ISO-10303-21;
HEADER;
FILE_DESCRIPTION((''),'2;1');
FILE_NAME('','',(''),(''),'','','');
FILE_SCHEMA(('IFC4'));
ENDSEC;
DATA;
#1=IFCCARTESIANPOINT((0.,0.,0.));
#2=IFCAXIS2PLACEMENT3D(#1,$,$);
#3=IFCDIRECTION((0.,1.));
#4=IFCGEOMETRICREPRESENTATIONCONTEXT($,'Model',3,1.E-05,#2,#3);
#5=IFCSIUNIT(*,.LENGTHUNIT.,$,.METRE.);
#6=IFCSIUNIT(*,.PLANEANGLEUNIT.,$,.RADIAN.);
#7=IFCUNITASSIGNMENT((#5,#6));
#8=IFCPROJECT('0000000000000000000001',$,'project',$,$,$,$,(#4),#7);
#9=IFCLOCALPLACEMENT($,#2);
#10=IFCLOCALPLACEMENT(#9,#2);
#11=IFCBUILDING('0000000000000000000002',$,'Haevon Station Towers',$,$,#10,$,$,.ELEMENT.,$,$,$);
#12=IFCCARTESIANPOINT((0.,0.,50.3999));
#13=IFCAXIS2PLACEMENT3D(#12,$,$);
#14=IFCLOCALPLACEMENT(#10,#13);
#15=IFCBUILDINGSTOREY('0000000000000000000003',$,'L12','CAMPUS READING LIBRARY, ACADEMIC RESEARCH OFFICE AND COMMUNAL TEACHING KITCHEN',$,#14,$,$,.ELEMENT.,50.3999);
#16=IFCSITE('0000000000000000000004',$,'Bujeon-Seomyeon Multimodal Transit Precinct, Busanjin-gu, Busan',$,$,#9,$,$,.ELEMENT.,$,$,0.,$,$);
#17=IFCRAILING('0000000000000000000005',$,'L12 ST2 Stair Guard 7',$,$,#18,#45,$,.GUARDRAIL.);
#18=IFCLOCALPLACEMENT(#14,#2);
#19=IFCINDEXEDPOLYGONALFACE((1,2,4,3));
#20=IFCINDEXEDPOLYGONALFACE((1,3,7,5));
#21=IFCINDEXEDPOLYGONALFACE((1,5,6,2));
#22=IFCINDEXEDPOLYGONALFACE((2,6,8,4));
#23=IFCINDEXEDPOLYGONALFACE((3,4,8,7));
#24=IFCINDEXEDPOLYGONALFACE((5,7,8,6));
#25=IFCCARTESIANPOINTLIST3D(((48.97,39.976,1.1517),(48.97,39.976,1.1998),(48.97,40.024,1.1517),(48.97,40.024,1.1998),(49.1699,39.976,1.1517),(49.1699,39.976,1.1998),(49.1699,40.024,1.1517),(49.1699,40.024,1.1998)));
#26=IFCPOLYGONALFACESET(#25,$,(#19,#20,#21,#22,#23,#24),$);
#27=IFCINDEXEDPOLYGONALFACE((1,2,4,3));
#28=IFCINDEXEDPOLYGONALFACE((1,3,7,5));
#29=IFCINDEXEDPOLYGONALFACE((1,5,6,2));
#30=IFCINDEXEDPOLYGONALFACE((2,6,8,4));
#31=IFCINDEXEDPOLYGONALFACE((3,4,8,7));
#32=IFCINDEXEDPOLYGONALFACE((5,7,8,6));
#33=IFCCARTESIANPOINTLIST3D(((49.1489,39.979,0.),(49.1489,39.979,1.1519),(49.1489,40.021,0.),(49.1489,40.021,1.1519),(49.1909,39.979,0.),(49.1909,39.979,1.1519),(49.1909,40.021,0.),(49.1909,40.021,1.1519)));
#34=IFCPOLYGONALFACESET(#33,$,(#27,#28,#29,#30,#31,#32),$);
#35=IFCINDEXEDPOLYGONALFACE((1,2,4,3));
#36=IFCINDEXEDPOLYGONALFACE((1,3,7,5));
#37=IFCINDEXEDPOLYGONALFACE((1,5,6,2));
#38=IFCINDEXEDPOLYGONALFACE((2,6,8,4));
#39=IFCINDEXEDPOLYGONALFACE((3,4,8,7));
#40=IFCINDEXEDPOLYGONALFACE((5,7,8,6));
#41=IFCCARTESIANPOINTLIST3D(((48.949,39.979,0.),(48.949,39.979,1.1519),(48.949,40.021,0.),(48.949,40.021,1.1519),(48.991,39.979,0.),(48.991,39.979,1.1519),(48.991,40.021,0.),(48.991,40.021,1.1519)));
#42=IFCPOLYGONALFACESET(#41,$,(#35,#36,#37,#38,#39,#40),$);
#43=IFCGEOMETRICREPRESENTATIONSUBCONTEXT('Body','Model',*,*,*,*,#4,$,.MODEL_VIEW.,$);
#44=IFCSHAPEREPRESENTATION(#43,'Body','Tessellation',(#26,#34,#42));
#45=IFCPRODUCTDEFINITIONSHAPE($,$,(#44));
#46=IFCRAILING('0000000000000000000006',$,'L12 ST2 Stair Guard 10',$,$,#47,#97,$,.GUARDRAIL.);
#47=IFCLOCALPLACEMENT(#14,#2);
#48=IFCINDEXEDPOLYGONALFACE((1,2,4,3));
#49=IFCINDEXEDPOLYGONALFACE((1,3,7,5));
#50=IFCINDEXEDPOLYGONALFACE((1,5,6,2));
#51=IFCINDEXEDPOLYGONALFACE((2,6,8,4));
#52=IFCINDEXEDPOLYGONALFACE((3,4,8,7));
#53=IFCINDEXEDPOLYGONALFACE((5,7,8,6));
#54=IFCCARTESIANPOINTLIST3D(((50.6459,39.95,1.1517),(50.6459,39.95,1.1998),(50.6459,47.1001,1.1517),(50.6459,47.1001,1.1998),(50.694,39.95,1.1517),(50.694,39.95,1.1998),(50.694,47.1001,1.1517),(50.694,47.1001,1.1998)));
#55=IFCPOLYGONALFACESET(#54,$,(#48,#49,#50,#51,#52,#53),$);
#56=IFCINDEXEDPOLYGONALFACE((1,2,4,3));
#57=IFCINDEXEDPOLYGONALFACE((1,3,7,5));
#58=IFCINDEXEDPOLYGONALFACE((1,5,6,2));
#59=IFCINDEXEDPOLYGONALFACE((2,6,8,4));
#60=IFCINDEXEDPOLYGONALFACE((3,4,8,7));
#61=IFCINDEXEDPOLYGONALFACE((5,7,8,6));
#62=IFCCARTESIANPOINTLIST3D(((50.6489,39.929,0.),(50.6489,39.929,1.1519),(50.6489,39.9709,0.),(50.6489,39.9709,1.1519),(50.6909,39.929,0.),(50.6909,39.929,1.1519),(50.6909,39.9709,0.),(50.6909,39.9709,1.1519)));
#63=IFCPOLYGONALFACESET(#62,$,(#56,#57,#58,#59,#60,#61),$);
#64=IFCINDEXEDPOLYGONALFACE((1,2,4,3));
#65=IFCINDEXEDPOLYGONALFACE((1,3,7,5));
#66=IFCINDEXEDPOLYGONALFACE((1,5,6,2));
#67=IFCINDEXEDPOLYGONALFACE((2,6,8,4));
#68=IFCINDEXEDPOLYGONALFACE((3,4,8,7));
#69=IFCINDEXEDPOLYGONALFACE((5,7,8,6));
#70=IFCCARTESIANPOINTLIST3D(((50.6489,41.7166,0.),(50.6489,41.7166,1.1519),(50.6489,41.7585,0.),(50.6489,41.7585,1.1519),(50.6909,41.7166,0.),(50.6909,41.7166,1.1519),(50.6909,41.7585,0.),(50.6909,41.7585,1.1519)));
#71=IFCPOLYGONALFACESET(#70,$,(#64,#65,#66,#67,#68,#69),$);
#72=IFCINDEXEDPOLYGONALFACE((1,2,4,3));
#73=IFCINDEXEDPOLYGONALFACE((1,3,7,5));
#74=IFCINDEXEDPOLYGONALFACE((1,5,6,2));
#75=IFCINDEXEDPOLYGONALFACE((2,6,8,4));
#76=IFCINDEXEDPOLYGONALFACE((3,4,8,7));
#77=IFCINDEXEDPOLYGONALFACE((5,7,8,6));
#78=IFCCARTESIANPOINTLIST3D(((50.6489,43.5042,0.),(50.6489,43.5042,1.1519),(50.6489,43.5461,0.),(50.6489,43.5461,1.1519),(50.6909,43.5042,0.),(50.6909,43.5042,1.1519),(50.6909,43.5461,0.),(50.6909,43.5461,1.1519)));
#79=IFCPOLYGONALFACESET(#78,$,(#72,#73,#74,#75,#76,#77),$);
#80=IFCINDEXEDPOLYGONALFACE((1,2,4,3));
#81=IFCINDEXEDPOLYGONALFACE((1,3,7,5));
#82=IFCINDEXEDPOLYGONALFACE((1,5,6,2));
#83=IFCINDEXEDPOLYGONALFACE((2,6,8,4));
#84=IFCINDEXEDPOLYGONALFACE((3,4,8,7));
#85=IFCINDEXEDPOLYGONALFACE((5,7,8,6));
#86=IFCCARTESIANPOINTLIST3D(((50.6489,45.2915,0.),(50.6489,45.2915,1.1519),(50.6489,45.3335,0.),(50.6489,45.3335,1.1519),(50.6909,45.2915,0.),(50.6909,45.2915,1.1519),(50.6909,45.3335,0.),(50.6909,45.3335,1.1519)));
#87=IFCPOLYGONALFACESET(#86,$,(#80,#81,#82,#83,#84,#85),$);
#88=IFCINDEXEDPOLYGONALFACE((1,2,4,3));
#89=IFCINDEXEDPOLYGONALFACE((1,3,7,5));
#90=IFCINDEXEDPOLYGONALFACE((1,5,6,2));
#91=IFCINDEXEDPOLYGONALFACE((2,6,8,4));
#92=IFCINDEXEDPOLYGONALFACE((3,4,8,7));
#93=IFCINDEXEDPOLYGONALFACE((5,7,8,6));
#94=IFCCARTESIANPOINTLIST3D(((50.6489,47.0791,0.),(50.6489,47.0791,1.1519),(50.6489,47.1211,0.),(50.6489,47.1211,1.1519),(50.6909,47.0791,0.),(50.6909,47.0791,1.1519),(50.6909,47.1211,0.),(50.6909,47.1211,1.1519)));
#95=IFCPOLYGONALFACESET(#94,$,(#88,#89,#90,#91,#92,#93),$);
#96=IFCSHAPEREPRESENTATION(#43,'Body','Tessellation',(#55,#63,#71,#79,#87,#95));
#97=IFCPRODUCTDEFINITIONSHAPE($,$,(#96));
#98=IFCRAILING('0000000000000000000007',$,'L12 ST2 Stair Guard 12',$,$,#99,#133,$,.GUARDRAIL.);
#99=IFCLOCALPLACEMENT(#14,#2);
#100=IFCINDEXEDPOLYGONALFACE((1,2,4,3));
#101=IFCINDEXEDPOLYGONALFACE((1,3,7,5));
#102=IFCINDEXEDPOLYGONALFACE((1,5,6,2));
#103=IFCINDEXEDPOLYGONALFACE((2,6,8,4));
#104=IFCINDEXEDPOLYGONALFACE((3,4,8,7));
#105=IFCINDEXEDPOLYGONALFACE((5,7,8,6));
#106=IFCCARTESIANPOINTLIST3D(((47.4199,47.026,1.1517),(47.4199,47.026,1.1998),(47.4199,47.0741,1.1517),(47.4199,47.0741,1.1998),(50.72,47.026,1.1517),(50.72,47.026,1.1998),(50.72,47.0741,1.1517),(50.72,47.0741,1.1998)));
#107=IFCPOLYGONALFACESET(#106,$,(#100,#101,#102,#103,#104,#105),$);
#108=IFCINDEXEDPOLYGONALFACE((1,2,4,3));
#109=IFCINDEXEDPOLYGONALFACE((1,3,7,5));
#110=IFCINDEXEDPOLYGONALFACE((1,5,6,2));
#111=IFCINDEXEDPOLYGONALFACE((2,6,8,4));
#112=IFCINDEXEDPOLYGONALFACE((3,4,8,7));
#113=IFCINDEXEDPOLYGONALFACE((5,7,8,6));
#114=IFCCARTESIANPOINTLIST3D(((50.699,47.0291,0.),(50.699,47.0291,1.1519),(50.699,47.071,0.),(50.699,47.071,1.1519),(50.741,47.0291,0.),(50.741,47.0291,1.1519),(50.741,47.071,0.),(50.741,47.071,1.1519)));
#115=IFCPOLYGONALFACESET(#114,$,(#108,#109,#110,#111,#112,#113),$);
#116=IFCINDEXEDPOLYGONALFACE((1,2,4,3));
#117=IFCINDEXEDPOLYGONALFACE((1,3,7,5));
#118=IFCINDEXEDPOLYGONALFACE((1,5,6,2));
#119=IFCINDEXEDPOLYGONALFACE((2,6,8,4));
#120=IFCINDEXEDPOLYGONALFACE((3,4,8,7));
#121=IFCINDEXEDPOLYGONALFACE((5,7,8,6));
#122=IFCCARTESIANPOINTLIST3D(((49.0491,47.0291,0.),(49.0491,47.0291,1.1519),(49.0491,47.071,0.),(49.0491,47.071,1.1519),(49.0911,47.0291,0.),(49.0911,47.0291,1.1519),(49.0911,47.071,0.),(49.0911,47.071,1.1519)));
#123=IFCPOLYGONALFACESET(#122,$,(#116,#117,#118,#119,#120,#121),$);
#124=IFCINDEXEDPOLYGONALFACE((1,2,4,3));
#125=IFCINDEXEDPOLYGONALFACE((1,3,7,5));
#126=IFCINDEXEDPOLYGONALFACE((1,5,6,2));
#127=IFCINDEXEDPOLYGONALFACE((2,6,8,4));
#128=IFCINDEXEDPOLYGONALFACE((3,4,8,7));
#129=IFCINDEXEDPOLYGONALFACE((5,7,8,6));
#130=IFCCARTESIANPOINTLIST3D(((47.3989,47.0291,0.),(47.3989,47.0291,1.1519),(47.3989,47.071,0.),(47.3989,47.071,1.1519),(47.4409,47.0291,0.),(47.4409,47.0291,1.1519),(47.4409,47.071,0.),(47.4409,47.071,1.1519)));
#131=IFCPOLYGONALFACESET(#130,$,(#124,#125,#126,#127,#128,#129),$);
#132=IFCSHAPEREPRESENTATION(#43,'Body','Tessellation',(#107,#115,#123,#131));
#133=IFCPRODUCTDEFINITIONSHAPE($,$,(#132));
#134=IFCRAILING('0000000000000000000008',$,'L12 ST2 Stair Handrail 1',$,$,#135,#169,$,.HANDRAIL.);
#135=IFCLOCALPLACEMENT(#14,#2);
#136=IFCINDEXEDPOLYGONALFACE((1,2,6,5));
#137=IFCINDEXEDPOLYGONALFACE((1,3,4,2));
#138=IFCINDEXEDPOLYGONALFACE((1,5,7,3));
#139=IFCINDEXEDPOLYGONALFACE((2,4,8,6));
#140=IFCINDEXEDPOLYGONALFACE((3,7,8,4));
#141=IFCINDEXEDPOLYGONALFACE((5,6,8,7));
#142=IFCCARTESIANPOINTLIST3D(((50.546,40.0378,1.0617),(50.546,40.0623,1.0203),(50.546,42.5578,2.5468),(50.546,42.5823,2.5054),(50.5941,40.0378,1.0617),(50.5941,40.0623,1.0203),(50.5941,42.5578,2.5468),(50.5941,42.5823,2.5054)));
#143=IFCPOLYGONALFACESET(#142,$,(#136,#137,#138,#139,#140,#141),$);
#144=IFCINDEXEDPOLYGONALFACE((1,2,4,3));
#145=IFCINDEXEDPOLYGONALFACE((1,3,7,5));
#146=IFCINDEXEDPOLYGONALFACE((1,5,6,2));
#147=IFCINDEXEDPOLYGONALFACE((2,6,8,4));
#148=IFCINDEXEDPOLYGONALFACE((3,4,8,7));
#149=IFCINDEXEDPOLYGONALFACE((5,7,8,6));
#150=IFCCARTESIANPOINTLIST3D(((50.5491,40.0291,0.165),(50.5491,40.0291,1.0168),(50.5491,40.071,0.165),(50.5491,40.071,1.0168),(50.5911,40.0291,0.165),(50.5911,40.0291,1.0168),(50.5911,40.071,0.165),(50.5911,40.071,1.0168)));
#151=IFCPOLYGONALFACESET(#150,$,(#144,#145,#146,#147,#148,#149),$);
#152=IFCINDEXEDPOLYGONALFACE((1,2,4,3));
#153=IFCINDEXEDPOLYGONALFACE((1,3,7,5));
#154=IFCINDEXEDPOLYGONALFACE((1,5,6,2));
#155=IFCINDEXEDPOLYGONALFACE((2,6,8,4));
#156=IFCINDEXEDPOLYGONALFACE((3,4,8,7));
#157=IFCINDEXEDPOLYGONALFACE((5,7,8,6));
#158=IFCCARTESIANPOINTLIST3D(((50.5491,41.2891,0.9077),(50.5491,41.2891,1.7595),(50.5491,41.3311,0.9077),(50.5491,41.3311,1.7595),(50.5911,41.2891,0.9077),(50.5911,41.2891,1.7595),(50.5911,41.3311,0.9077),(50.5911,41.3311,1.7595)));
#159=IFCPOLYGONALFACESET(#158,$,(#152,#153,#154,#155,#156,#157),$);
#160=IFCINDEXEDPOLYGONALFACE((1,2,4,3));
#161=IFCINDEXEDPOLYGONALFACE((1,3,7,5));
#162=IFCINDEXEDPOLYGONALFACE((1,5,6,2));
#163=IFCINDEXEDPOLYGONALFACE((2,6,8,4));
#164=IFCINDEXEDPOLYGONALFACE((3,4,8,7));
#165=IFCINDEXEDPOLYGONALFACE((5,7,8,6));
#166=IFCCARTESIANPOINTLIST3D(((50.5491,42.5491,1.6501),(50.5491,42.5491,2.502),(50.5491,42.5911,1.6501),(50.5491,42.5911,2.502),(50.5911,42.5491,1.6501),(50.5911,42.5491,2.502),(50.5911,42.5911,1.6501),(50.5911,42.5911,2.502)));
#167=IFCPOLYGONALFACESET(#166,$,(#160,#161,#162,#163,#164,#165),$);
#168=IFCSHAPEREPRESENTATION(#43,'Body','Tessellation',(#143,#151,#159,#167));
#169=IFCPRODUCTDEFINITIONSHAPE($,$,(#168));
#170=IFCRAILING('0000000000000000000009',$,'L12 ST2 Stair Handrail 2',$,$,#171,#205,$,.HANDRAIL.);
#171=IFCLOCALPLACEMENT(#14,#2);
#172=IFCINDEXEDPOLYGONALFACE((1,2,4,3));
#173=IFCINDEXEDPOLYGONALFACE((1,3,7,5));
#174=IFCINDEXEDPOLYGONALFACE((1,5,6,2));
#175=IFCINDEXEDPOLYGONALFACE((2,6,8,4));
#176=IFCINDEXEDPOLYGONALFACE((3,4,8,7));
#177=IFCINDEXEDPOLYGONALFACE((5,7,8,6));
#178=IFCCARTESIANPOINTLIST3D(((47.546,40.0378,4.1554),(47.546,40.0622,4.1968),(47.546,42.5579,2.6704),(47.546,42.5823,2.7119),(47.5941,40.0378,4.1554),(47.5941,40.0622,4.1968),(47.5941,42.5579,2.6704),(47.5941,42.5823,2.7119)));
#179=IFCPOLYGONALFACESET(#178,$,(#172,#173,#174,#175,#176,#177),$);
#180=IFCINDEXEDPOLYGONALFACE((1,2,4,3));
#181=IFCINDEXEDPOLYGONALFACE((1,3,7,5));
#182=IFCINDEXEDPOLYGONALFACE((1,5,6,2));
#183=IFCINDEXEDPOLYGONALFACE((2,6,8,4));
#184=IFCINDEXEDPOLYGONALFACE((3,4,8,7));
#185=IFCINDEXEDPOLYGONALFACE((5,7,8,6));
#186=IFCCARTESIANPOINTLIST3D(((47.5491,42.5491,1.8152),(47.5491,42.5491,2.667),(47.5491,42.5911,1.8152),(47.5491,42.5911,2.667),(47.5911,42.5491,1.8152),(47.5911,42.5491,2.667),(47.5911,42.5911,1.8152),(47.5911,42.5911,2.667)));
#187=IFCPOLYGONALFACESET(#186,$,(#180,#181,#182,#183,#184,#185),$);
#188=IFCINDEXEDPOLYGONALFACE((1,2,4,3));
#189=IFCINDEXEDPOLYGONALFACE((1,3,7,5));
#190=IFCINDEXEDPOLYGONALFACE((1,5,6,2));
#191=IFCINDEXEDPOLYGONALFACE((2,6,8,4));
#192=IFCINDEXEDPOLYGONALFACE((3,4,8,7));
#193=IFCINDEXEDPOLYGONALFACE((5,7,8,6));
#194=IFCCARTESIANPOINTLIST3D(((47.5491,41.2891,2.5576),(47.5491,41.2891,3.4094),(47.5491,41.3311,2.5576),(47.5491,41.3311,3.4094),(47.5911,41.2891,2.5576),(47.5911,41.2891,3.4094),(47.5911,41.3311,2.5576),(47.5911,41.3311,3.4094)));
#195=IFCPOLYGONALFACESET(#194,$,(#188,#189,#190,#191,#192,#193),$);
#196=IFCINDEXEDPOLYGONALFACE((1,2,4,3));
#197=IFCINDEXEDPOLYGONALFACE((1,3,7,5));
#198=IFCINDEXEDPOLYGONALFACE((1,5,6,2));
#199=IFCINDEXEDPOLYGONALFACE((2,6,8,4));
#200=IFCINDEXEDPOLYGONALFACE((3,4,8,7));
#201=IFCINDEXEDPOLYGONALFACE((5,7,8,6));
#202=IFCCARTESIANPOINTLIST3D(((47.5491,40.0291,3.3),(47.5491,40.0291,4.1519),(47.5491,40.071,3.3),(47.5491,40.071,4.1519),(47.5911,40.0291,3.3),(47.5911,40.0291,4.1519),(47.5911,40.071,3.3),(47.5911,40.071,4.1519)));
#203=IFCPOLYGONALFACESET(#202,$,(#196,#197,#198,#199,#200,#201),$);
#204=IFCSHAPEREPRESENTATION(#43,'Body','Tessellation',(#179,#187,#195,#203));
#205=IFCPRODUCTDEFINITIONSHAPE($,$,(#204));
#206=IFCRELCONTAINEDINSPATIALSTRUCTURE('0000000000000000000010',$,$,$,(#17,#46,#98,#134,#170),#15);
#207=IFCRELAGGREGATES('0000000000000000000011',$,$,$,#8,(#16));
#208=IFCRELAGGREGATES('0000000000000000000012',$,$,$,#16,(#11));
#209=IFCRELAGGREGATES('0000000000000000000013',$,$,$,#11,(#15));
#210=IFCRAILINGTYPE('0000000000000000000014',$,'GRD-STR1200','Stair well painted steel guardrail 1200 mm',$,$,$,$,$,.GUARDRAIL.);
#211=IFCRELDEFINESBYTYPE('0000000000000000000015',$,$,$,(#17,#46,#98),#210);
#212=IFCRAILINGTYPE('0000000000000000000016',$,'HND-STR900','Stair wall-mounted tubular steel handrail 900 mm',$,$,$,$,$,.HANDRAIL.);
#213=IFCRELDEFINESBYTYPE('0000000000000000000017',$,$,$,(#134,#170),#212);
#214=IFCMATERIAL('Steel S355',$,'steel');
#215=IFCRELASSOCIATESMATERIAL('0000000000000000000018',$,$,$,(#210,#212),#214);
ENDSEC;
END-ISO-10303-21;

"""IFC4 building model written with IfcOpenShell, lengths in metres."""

from ifc_helpers import new_model, si_unit, direction, frame, origin, origin_2d, place, context, subcontext, project, spatial, rectangle, extrude, material, type_object, element, save


model = new_model("IFC4")

# Units and contexts
model_context = context("Model", 3, precision=1e-05, world=origin(), true_north=direction((0.0, 1.0)))
body_context = subcontext(model_context, "Body", "Model", "MODEL_VIEW")
ifc_project = project(units=[si_unit("LENGTHUNIT", "METRE"), si_unit("PLANEANGLEUNIT", "RADIAN")], contexts=[model_context])

# Site, building, storey
site_placement = place(None, origin())
site = spatial("IfcSite", under=ifc_project, at=site_placement, Name="Bujeon-Seomyeon Multimodal Transit Precinct, Busanjin-gu, Busan", CompositionType="ELEMENT", RefElevation=0.0)
building_placement = place(site_placement, origin())
building = spatial("IfcBuilding", under=site, at=building_placement, Name="Haevon Station Towers", CompositionType="ELEMENT")
storey_placement = place(building_placement, frame((0.0, 0.0, 50.3999)))
storey = spatial("IfcBuildingStorey", under=building, at=storey_placement, Name="L12", Description="CAMPUS READING LIBRARY, ACADEMIC RESEARCH OFFICE AND COMMUNAL TEACHING KITCHEN", CompositionType="ELEMENT", Elevation=50.3999)

# Shared definitions
ifc_material_1 = material(Name="Steel S355", Category="steel")

# Railings
railing_type_1 = type_object("IfcRailingType", Name="GRD-STR1200", Description="Stair well painted steel guardrail 1200 mm", PredefinedType="GUARDRAIL", material=ifc_material_1)
railing_1_placement = place(storey_placement, frame((49.1699, 40.0, 0.0)))
element("IfcRailing", 1, at=railing_1_placement, inside=storey, type_object=railing_type_1, Name="L12 ST2 Stair Guard 7", PredefinedType="GUARDRAIL", context=body_context, shape_type="SweptSolid", body=[
    extrude(rectangle(XDim=0.0481, YDim=0.0481, at=origin_2d()), frame((0.0, 0.0, 1.1758), z_axis=(-1.0, 0.0, 0.0), x_axis=(0.0, -1.0, 0.0)), (0.0, 0.0, 1.0), 0.2),
    extrude(rectangle(XDim=0.042, YDim=0.042, at=origin_2d()), origin(), (0.0, 0.0, 1.0), 1.1519),
    extrude(rectangle(XDim=0.042, YDim=0.042, at=origin_2d()), frame((-0.2, 0.0, 0.0)), (0.0, 0.0, 1.0), 1.1519),
])
railing_2_placement = place(storey_placement, frame((50.6699, 39.95, 0.0)))
element("IfcRailing", 2, at=railing_2_placement, inside=storey, type_object=railing_type_1, Name="L12 ST2 Stair Guard 10", PredefinedType="GUARDRAIL", context=body_context, shape_type="SweptSolid", body=[
    extrude(rectangle(XDim=0.0481, YDim=0.0481, at=origin_2d()), frame((0.0, 0.0, 1.1758), z_axis=(0.0, 1.0, 0.0), x_axis=(-1.0, 0.0, 0.0)), (0.0, 0.0, 1.0), 7.1501),
    extrude(rectangle(XDim=0.042, YDim=0.042, at=origin_2d()), origin(), (0.0, 0.0, 1.0), 1.1519),
    extrude(rectangle(XDim=0.042, YDim=0.042, at=origin_2d()), frame((0.0, 1.7876, 0.0)), (0.0, 0.0, 1.0), 1.1519),
    extrude(rectangle(XDim=0.042, YDim=0.042, at=origin_2d()), frame((0.0, 3.5752, 0.0)), (0.0, 0.0, 1.0), 1.1519),
    extrude(rectangle(XDim=0.042, YDim=0.042, at=origin_2d()), frame((0.0, 5.3625, 0.0)), (0.0, 0.0, 1.0), 1.1519),
    extrude(rectangle(XDim=0.042, YDim=0.042, at=origin_2d()), frame((0.0, 7.1501, 0.0)), (0.0, 0.0, 1.0), 1.1519),
])
railing_3_placement = place(storey_placement, frame((50.72, 47.05, 0.0)))
element("IfcRailing", 3, at=railing_3_placement, inside=storey, type_object=railing_type_1, Name="L12 ST2 Stair Guard 12", PredefinedType="GUARDRAIL", context=body_context, shape_type="SweptSolid", body=[
    extrude(rectangle(XDim=0.0481, YDim=0.0481, at=origin_2d()), frame((0.0, 0.0, 1.1758), z_axis=(-1.0, 0.0, 0.0), x_axis=(0.0, -1.0, 0.0)), (0.0, 0.0, 1.0), 3.3),
    extrude(rectangle(XDim=0.042, YDim=0.042, at=origin_2d()), origin(), (0.0, 0.0, 1.0), 1.1519),
    extrude(rectangle(XDim=0.042, YDim=0.042, at=origin_2d()), frame((-1.6499, 0.0, 0.0)), (0.0, 0.0, 1.0), 1.1519),
    extrude(rectangle(XDim=0.042, YDim=0.042, at=origin_2d()), frame((-3.3, 0.0, 0.0)), (0.0, 0.0, 1.0), 1.1519),
])
railing_type_2 = type_object("IfcRailingType", Name="HND-STR900", Description="Stair wall-mounted tubular steel handrail 900 mm", PredefinedType="HANDRAIL", material=ifc_material_1)
railing_4_placement = place(storey_placement, frame((50.5701, 40.05, 0.165)))
element("IfcRailing", 4, at=railing_4_placement, inside=storey, type_object=railing_type_2, Name="L12 ST2 Stair Handrail 1", PredefinedType="HANDRAIL", context=body_context, shape_type="SweptSolid", body=[
    extrude(rectangle(XDim=0.0481, YDim=0.0481, at=origin_2d()), frame((0.0, 0.0, 0.876), z_axis=(0.0, 0.861524, 0.507717), x_axis=(-1.0, 0.0, 0.0)), (0.0, 0.0, 1.0), 2.925),
    extrude(rectangle(XDim=0.042, YDim=0.042, at=origin_2d()), origin(), (0.0, 0.0, 1.0), 0.8518),
    extrude(rectangle(XDim=0.042, YDim=0.042, at=origin_2d()), frame((0.0, 1.26, 0.7427)), (0.0, 0.0, 1.0), 0.8518),
    extrude(rectangle(XDim=0.042, YDim=0.042, at=origin_2d()), frame((0.0, 2.52, 1.4851)), (0.0, 0.0, 1.0), 0.8518),
])
railing_5_placement = place(storey_placement, frame((47.5701, 42.5701, 1.8152)))
element("IfcRailing", 5, at=railing_5_placement, inside=storey, type_object=railing_type_2, Name="L12 ST2 Stair Handrail 2", PredefinedType="HANDRAIL", context=body_context, shape_type="SweptSolid", body=[
    extrude(rectangle(XDim=0.0481, YDim=0.0481, at=origin_2d()), frame((0.0, 0.0, 0.876), z_axis=(0.0, -0.861561, 0.507655), x_axis=(1.0, 0.0, 0.0)), (0.0, 0.0, 1.0), 2.925),
    extrude(rectangle(XDim=0.042, YDim=0.042, at=origin_2d()), origin(), (0.0, 0.0, 1.0), 0.8518),
    extrude(rectangle(XDim=0.042, YDim=0.042, at=origin_2d()), frame((0.0, -1.26, 0.7424)), (0.0, 0.0, 1.0), 0.8518),
    extrude(rectangle(XDim=0.042, YDim=0.042, at=origin_2d()), frame((0.0, -2.52, 1.4849)), (0.0, 0.0, 1.0), 0.8518),
])

save(model, "model.ifc")
